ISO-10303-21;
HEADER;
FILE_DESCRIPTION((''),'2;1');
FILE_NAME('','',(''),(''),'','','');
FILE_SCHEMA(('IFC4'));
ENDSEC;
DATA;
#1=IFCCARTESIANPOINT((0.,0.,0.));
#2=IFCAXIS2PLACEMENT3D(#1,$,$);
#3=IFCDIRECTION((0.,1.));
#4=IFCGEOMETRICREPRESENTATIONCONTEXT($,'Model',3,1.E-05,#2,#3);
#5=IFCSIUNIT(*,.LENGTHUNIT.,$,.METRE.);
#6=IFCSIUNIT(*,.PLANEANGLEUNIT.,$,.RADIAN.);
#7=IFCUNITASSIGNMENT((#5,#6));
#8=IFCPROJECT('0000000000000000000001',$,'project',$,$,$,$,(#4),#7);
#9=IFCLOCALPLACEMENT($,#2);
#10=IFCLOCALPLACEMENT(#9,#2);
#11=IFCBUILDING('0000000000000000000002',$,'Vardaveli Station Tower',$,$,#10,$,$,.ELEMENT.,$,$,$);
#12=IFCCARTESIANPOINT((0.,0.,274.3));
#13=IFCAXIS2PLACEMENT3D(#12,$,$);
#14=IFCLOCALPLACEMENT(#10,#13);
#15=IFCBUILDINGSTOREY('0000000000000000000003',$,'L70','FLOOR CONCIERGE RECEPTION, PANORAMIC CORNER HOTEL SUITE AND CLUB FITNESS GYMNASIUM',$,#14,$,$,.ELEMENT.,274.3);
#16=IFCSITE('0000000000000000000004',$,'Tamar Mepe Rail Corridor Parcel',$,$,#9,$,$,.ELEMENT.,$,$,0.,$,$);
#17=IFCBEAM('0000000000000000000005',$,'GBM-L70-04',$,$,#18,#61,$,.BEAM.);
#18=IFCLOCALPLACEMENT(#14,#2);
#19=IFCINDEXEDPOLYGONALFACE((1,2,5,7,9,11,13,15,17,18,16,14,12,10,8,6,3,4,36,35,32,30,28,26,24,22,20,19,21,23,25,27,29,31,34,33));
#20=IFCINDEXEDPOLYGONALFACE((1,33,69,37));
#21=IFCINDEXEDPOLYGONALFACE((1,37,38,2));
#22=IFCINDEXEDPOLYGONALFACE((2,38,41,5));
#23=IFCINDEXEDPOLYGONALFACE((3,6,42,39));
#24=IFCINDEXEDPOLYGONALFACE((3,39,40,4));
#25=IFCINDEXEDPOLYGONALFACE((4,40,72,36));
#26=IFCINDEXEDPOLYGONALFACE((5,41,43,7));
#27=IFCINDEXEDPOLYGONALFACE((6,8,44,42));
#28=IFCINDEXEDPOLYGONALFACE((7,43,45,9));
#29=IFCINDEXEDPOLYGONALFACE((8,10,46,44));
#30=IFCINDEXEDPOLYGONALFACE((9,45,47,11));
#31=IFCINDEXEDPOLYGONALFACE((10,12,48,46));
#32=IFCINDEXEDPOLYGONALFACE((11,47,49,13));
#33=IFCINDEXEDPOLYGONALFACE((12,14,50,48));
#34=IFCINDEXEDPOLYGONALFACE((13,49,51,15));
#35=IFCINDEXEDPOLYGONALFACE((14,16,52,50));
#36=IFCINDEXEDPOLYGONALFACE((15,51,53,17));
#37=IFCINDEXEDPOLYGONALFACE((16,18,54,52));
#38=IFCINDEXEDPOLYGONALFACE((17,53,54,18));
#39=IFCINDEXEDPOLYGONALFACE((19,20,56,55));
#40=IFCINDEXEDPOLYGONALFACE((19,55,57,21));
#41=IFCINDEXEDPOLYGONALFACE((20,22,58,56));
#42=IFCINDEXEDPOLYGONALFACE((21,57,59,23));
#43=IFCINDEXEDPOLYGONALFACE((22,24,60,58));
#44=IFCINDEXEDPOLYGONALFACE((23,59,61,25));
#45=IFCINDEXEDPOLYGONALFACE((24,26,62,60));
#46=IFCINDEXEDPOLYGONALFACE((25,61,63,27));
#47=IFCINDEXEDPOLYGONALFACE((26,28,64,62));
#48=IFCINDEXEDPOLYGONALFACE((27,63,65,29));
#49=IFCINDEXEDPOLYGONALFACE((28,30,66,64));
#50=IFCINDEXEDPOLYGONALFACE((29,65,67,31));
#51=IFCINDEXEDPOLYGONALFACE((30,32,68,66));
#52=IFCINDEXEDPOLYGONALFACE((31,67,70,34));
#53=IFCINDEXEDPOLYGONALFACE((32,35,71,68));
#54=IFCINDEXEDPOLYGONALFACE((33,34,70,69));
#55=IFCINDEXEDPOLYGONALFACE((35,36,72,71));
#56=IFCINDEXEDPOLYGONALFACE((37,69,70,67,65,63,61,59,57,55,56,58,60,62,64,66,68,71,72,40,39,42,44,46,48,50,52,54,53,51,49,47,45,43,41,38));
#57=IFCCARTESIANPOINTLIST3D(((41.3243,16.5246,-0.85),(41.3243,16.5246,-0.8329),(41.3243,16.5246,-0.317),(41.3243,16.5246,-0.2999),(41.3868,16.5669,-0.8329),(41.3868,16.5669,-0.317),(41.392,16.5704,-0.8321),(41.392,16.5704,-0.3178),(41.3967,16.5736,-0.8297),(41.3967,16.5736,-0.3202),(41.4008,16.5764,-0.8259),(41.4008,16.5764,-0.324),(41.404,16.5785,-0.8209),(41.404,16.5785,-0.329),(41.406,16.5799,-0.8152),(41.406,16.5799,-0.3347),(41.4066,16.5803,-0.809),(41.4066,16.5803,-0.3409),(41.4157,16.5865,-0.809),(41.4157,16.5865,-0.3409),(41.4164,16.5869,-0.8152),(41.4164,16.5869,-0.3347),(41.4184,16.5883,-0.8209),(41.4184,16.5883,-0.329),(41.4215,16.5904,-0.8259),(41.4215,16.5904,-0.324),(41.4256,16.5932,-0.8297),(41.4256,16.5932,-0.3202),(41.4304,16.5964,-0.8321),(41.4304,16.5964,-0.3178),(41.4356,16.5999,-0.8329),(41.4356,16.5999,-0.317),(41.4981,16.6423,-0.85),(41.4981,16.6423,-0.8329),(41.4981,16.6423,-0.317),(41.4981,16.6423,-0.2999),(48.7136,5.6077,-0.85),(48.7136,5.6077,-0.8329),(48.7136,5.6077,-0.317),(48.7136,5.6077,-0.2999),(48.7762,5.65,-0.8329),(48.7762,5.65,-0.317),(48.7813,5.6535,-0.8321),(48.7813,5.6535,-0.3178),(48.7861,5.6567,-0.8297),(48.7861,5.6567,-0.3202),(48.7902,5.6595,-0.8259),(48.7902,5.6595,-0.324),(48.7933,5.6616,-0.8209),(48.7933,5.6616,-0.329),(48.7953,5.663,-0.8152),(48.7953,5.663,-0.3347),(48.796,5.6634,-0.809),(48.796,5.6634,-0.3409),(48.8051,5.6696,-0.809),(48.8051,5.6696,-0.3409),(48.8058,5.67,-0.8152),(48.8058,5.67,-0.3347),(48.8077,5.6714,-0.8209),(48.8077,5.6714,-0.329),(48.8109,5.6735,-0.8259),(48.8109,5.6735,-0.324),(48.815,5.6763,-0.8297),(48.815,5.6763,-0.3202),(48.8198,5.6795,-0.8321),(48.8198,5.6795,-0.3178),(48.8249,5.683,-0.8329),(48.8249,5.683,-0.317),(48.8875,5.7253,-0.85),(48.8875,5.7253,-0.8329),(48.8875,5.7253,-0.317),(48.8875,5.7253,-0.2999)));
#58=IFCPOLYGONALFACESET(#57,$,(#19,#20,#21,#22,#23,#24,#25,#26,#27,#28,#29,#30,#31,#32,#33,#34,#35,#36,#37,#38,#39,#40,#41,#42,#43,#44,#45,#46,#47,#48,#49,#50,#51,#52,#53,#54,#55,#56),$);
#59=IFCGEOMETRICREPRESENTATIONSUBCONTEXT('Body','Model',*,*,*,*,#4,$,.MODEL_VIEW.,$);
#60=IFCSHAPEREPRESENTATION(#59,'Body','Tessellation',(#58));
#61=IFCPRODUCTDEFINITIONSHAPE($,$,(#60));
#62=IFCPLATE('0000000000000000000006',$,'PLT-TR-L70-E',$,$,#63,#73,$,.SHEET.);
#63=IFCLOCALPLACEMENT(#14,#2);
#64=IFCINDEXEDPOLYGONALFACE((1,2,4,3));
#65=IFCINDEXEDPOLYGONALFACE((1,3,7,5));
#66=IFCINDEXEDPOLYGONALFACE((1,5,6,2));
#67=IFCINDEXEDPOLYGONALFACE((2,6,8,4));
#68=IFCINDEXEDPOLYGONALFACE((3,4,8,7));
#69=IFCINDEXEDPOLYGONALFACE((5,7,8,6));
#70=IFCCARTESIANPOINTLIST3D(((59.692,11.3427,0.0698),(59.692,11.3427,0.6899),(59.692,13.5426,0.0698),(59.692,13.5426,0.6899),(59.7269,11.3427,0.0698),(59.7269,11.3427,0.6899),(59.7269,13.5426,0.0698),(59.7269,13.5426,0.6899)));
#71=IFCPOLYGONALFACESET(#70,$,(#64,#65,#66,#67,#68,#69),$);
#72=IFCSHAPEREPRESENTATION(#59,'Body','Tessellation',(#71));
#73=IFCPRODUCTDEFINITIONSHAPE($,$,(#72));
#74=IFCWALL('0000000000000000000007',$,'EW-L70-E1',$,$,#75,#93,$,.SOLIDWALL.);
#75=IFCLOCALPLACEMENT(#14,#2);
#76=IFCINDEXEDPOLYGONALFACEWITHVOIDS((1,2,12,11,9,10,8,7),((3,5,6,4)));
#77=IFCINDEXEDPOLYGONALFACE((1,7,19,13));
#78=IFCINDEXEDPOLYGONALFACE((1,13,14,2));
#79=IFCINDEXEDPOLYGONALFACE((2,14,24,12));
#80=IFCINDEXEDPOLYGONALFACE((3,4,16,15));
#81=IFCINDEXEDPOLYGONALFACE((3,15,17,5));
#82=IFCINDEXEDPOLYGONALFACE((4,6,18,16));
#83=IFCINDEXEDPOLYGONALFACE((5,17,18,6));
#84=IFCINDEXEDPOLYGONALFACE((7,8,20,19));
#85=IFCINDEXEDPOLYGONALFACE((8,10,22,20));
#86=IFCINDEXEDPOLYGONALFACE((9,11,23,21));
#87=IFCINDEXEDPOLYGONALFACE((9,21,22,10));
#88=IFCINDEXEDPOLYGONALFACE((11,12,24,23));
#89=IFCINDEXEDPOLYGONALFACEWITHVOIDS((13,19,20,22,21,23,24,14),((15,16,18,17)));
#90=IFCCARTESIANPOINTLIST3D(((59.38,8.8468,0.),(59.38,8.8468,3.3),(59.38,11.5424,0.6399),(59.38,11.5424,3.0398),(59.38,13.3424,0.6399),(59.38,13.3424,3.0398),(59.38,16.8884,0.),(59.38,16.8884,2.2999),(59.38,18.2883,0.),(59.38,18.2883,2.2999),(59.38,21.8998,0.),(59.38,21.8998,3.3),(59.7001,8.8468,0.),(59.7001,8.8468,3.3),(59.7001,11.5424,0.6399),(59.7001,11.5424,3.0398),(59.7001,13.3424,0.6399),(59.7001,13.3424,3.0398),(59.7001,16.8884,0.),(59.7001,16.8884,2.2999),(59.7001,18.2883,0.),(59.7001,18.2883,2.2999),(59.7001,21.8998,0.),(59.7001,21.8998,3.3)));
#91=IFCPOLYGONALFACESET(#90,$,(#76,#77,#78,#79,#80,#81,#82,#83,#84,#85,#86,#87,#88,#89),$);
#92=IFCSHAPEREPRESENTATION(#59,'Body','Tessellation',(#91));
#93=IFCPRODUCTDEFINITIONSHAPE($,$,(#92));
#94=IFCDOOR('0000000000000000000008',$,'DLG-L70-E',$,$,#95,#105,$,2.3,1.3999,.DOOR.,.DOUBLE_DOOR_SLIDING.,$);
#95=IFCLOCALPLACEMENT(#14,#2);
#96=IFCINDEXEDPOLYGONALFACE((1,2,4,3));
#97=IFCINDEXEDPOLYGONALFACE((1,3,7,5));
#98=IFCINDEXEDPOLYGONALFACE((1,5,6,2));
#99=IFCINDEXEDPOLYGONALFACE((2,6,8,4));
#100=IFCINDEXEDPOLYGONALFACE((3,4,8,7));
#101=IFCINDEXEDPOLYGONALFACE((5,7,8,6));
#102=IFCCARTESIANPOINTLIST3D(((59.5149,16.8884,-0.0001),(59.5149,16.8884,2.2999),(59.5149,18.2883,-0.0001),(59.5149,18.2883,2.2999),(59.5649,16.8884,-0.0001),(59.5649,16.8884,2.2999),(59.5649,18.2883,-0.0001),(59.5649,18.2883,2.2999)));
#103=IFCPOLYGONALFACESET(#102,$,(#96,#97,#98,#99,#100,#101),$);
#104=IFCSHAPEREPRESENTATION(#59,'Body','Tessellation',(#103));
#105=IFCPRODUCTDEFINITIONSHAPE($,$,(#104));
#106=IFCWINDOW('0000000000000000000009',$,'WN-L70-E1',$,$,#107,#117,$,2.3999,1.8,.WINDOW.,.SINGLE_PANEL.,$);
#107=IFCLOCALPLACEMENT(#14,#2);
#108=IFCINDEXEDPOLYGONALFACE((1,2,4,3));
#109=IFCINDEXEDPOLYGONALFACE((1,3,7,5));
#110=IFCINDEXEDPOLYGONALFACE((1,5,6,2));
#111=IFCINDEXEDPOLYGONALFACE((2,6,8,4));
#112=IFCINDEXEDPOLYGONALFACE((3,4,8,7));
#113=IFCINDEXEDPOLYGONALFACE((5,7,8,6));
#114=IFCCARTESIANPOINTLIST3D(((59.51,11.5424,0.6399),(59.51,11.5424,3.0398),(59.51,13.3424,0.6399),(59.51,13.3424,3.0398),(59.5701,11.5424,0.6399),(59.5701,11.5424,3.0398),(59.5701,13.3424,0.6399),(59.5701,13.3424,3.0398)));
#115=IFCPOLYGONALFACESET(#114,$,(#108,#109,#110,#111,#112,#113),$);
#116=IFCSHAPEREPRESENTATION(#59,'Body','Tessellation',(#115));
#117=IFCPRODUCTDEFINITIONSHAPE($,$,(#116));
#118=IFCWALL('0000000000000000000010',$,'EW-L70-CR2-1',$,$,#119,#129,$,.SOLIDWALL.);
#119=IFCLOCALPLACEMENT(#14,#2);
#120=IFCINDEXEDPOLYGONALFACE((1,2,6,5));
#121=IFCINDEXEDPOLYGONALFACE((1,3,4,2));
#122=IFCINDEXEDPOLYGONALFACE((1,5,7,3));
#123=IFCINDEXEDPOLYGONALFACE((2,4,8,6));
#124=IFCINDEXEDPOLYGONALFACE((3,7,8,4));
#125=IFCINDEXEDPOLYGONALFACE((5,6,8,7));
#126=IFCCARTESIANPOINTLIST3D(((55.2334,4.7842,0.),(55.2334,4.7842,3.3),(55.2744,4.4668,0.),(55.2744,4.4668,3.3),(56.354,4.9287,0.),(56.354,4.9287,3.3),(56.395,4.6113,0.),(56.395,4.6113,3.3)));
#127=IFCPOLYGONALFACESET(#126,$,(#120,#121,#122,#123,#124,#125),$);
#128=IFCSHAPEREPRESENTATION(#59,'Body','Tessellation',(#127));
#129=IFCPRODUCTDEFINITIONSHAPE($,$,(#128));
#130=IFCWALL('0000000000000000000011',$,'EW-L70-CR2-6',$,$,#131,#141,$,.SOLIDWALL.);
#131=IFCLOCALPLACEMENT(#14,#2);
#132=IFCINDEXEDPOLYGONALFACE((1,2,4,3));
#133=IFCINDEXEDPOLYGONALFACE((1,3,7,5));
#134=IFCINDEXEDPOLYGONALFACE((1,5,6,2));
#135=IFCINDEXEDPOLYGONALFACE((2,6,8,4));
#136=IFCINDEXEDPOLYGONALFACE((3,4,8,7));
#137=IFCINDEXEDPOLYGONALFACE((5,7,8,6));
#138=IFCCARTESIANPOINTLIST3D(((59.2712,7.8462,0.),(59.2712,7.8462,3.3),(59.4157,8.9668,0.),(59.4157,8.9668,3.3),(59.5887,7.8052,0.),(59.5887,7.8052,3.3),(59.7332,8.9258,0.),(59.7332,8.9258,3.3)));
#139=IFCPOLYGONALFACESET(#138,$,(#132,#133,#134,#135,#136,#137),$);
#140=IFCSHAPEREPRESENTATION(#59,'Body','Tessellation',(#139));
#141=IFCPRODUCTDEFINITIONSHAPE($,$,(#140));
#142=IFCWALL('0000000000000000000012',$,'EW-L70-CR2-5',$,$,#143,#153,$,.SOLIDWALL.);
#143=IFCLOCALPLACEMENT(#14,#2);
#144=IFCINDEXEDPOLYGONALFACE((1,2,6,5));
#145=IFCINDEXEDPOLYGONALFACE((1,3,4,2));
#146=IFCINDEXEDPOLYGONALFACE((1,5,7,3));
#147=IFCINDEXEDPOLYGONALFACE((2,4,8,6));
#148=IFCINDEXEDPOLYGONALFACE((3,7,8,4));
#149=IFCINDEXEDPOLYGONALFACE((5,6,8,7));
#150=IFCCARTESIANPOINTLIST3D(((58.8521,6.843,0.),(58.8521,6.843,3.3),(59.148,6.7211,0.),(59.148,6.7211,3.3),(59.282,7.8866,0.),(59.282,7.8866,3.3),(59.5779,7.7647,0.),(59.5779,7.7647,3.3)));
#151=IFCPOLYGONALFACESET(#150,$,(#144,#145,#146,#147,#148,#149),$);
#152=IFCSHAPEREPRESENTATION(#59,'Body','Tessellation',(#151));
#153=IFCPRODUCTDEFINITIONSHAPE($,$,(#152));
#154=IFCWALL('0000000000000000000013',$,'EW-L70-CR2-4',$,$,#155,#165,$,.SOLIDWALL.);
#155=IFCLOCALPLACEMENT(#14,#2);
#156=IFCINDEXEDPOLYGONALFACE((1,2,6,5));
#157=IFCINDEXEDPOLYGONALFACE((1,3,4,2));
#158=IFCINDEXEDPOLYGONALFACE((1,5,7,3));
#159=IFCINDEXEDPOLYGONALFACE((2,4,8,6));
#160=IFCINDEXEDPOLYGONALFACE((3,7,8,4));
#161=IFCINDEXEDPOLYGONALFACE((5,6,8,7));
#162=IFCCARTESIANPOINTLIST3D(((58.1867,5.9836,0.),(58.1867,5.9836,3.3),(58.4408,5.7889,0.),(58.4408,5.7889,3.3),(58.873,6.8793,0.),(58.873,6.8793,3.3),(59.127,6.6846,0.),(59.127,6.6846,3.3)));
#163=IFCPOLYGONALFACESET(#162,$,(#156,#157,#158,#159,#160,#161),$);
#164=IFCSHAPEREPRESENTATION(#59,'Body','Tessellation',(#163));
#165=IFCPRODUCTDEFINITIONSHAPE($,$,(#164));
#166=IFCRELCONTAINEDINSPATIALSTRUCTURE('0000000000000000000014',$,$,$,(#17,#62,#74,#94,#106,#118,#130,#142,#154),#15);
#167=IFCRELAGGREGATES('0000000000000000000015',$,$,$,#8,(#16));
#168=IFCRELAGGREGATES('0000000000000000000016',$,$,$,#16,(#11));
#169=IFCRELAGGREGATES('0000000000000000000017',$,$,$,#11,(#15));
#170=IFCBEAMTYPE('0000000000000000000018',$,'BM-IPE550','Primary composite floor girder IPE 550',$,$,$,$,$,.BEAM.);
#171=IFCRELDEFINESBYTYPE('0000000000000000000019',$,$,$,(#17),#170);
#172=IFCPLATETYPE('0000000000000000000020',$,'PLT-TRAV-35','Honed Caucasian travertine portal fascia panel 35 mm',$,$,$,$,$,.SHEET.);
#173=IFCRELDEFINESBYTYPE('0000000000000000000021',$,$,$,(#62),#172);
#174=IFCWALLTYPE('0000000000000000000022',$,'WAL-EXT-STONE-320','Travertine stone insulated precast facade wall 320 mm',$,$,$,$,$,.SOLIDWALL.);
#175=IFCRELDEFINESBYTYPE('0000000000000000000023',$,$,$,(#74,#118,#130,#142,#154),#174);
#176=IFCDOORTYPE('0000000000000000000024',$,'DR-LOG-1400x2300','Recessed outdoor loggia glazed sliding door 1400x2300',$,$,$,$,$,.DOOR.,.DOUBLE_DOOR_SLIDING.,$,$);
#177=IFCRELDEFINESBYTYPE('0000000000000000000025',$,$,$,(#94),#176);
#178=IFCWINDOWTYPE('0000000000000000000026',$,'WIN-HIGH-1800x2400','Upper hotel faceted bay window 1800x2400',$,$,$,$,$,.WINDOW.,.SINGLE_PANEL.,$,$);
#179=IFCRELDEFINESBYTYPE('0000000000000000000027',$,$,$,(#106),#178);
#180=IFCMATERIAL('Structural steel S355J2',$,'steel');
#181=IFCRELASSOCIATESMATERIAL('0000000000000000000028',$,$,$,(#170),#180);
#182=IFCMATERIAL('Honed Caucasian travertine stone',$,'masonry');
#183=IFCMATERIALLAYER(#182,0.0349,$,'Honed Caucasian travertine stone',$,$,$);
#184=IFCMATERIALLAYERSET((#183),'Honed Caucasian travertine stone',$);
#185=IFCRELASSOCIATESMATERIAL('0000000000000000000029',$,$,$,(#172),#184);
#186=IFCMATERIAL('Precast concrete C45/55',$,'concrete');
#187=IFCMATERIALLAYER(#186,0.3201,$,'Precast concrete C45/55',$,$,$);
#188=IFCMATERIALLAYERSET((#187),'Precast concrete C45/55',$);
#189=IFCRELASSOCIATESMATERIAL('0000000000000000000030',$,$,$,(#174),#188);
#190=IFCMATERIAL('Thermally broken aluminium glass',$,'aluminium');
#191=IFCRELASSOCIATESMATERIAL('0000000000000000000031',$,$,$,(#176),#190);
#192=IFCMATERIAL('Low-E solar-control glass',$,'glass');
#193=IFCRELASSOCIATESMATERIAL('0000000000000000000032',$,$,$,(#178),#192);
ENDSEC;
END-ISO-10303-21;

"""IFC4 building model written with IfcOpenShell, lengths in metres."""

from ifc_helpers import new_model, si_unit, direction, frame, frame_2d, origin, origin_2d, place, context, subcontext, project, spatial, rectangle, i_section, extrude, source, transform, mapped, material, layer, layer_set, material_profile, profile_set, type_object, element, fill, save


model = new_model("IFC4")

# Units and contexts
model_context = context("Model", 3, precision=1e-05, world=origin(), true_north=direction((0.0, 1.0)))
body_context = subcontext(model_context, "Body", "Model", "MODEL_VIEW")
ifc_project = project(units=[si_unit("LENGTHUNIT", "METRE"), si_unit("PLANEANGLEUNIT", "RADIAN")], contexts=[model_context])

# Site, building, storey
site_placement = place(None, origin())
site = spatial("IfcSite", under=ifc_project, at=site_placement, Name="Tamar Mepe Rail Corridor Parcel", CompositionType="ELEMENT", RefElevation=0.0)
building_placement = place(site_placement, origin())
building = spatial("IfcBuilding", under=site, at=building_placement, Name="Vardaveli Station Tower", CompositionType="ELEMENT")
storey_placement = place(building_placement, frame((0.0, 0.0, 274.3)))
storey = spatial("IfcBuildingStorey", under=building, at=storey_placement, Name="L70", Description="FLOOR CONCIERGE RECEPTION, PANORAMIC CORNER HOTEL SUITE AND CLUB FITNESS GYMNASIUM", CompositionType="ELEMENT", Elevation=274.3)

# Beam
ifc_material_1 = material(Name="Precast concrete C45/55", Category="concrete")
ifc_material_2 = material(Name="Structural steel S355J2", Category="steel")
ifc_material_profile_1 = material_profile(ifc_material_2, i_section(OverallWidth=0.21, OverallDepth=0.55, WebThickness=0.011, FlangeThickness=0.0171, FilletRadius=0.0239, at=origin_2d()), Name="IPE 550")
ifc_profile_set_1 = profile_set([ifc_material_profile_1], Name="Structural steel S355J2")
beam_type_1 = type_object("IfcBeamType", Name="BM-IPE550", Description="Primary composite floor girder IPE 550", PredefinedType="BEAM", material=ifc_profile_set_1)
shared_shape_1 = source(origin(), body_context, "Body", "SweptSolid", [
    extrude(i_section(OverallWidth=0.21, OverallDepth=0.55, WebThickness=0.011, FlangeThickness=0.0171, FilletRadius=0.0239, at=origin_2d()), origin(), (0.0, 0.0, 1.0), 13.1826),
])
beam_1_placement = place(storey_placement, frame((48.8005, 5.6665, -0.575), z_axis=(-0.560537, 0.828129, 0.0), x_axis=(-0.828129, -0.560537, 0.0)))
element("IfcBeam", 1, at=beam_1_placement, inside=storey, type_object=beam_type_1, Name="GBM-L70-04", PredefinedType="BEAM", context=body_context, shape_type="MappedRepresentation", body=[
    mapped(shared_shape_1, transform((0.0, 0.0, 0.0), scale=1.0)),
])

# Plate
ifc_material_3 = material(Name="Honed Caucasian travertine stone", Category="masonry")
ifc_layer_1 = layer(ifc_material_3, 0.0349, Name="Honed Caucasian travertine stone")
ifc_layer_set_1 = layer_set([ifc_layer_1], Name="Honed Caucasian travertine stone")
plate_type = type_object("IfcPlateType", Name="PLT-TRAV-35", Description="Honed Caucasian travertine portal fascia panel 35 mm", PredefinedType="SHEET", material=ifc_layer_set_1)
shared_shape_2 = source(origin(), body_context, "Body", "SweptSolid", [
    extrude(rectangle(XDim=2.2, YDim=0.0349, at=origin_2d()), origin(), (0.0, 0.0, 1.0), 0.6201),
])
plate_placement = place(storey_placement, frame((59.7095, 12.4426, 0.0698), z_axis=(0.0, 0.0, 1.0), x_axis=(0.0, 1.0, 0.0)))
element("IfcPlate", 2, at=plate_placement, inside=storey, type_object=plate_type, Name="PLT-TR-L70-E", PredefinedType="SHEET", context=body_context, shape_type="MappedRepresentation", body=[
    mapped(shared_shape_2, transform((0.0, 0.0, 0.0), scale=1.0)),
])

# Wall, openings, door, window
ifc_layer_2 = layer(ifc_material_1, 0.3201, Name="Precast concrete C45/55")
ifc_layer_set_2 = layer_set([ifc_layer_2], Name="Precast concrete C45/55")
wall_type_1 = type_object("IfcWallType", Name="WAL-EXT-STONE-320", Description="Travertine stone insulated precast facade wall 320 mm", PredefinedType="SOLIDWALL", material=ifc_layer_set_2)
shared_shape_3 = source(origin(), body_context, "Body", "SweptSolid", [
    extrude(rectangle(XDim=13.053, YDim=0.3201, at=frame_2d((6.5264, 0.0))), origin(), (0.0, 0.0, 1.0), 3.3),
])
wall_1_placement = place(storey_placement, frame((59.54, 8.8469, 0.0), z_axis=(0.0, 0.0, 1.0), x_axis=(0.0, 1.0, 0.0)))
wall_1 = element("IfcWall", 3, at=wall_1_placement, inside=storey, type_object=wall_type_1, Name="EW-L70-E1", PredefinedType="SOLIDWALL", context=body_context, shape_type="MappedRepresentation", body=[
    mapped(shared_shape_3, transform((0.0, 0.0, 0.0), scale=1.0)),
])
shared_shape_4 = source(origin(), body_context, "Body", "SweptSolid", [
    extrude(rectangle(XDim=1.3999, YDim=2.3, at=frame_2d((0.7, 1.1499))), frame((0.0, 0.1699, 0.0), z_axis=(0.0, -1.0, 0.0), x_axis=(1.0, 0.0, 0.0)), (0.0, 0.0, 1.0), 0.3401),
])
opening_1_placement = place(wall_1_placement, frame((8.0415, 0.0, 0.0)))
opening_1 = element("IfcOpeningElement", 4, at=opening_1_placement, cuts=wall_1, PredefinedType="OPENING", context=body_context, shape_type="MappedRepresentation", body=[
    mapped(shared_shape_4, transform((0.0, 0.0, 0.0), scale=1.0)),
])
shared_shape_5 = source(origin(), body_context, "Body", "SweptSolid", [
    extrude(rectangle(XDim=1.8, YDim=2.3999, at=frame_2d((0.8999, 1.2))), frame((0.0, 0.1699, 0.0), z_axis=(0.0, -1.0, 0.0), x_axis=(1.0, 0.0, 0.0)), (0.0, 0.0, 1.0), 0.3401),
])
opening_2_placement = place(wall_1_placement, frame((2.6956, 0.0, 0.6399)))
opening_2 = element("IfcOpeningElement", 5, at=opening_2_placement, cuts=wall_1, PredefinedType="OPENING", context=body_context, shape_type="MappedRepresentation", body=[
    mapped(shared_shape_5, transform((0.0, 0.0, 0.0), scale=1.0)),
])
ifc_material_4 = material(Name="Thermally broken aluminium glass", Category="aluminium")
door_type_1 = type_object("IfcDoorType", Name="DR-LOG-1400x2300", Description="Recessed outdoor loggia glazed sliding door 1400x2300", OperationType="DOUBLE_DOOR_SLIDING", PredefinedType="DOOR", material=ifc_material_4)
shared_shape_6 = source(origin(), body_context, "Body", "SweptSolid", [
    extrude(rectangle(XDim=1.3999, YDim=2.3, at=frame_2d((0.7, 1.1499))), frame((0.0, 0.0249, 0.0), z_axis=(0.0, -1.0, 0.0), x_axis=(1.0, 0.0, 0.0)), (0.0, 0.0, 1.0), 0.05),
])
door_1_placement = place(opening_1_placement, frame((1.3999, 0.0, 0.0), z_axis=(0.0, 0.0, 1.0), x_axis=(-1.0, 0.0, 0.0)))
door_1 = element("IfcDoor", 6, at=door_1_placement, inside=storey, type_object=door_type_1, Name="DLG-L70-E", OperationType="DOUBLE_DOOR_SLIDING", OverallHeight=2.3, OverallWidth=1.3999, PredefinedType="DOOR", context=body_context, shape_type="MappedRepresentation", body=[
    mapped(shared_shape_6, transform((0.0, 0.0, 0.0), scale=1.0)),
])
fill(opening_1, door_1)
ifc_material_5 = material(Name="Low-E solar-control glass", Category="glass")
window_type = type_object("IfcWindowType", Name="WIN-HIGH-1800x2400", Description="Upper hotel faceted bay window 1800x2400", PartitioningType="SINGLE_PANEL", PredefinedType="WINDOW", material=ifc_material_5)
shared_shape_7 = source(origin(), body_context, "Body", "SweptSolid", [
    extrude(rectangle(XDim=1.8, YDim=2.3999, at=frame_2d((0.8999, 1.2))), frame((0.0, 0.03, 0.0), z_axis=(0.0, -1.0, 0.0), x_axis=(1.0, 0.0, 0.0)), (0.0, 0.0, 1.0), 0.0601),
])
window_placement = place(opening_2_placement, origin())
window = element("IfcWindow", 7, at=window_placement, inside=storey, type_object=window_type, Name="WN-L70-E1", OverallHeight=2.3999, OverallWidth=1.8, PartitioningType="SINGLE_PANEL", PredefinedType="WINDOW", context=body_context, shape_type="MappedRepresentation", body=[
    mapped(shared_shape_7, transform((0.0, 0.0, 0.0), scale=1.0)),
])
fill(opening_2, window)

# Walls
shared_shape_8 = source(origin(), body_context, "Body", "SweptSolid", [
    extrude(rectangle(XDim=1.1299, YDim=0.3201, at=frame_2d((0.5649, 0.0))), origin(), (0.0, 0.0, 1.0), 3.3),
])
for number, where, z_axis, x_axis, name in (
    (8, (55.2539, 4.6255, 0.0), (0.0, 0.0, 1.0), (0.991785, 0.127916, 0.0), "EW-L70-CR2-1"),
    (9, (59.4299, 7.8257, 0.0), (0.0, 0.0, 1.0), (0.127916, 0.991785, 0.0), "EW-L70-CR2-6"),
):
    element("IfcWall", number, at=place(storey_placement, frame(where, z_axis=z_axis, x_axis=x_axis)), inside=storey, type_object=wall_type_1, Name=name, PredefinedType="SOLIDWALL", context=body_context, shape_type="MappedRepresentation", body=[
        mapped(shared_shape_8, transform((0.0, 0.0, 0.0), scale=1.0)),
    ])
shared_shape_9 = source(origin(), body_context, "Body", "SweptSolid", [
    extrude(rectangle(XDim=1.1287, YDim=0.3201, at=frame_2d((0.5645, 0.0))), origin(), (0.0, 0.0, 1.0), 3.3),
])
wall_2_placement = place(storey_placement, frame((59.0, 6.782, 0.0), z_axis=(0.0, 0.0, 1.0), x_axis=(0.38088, 0.924624, 0.0)))
element("IfcWall", 10, at=wall_2_placement, inside=storey, type_object=wall_type_1, Name="EW-L70-CR2-5", PredefinedType="SOLIDWALL", context=body_context, shape_type="MappedRepresentation", body=[
    mapped(shared_shape_9, transform((0.0, 0.0, 0.0), scale=1.0)),
])
shared_shape_10 = source(origin(), body_context, "Body", "SweptSolid", [
    extrude(rectangle(XDim=1.1284, YDim=0.3201, at=frame_2d((0.5642, 0.0))), origin(), (0.0, 0.0, 1.0), 3.3),
])
wall_3_placement = place(storey_placement, frame((58.3137, 5.8862, 0.0), z_axis=(0.0, 0.0, 1.0), x_axis=(0.608173, 0.793805, 0.0)))
element("IfcWall", 11, at=wall_3_placement, inside=storey, type_object=wall_type_1, Name="EW-L70-CR2-4", PredefinedType="SOLIDWALL", context=body_context, shape_type="MappedRepresentation", body=[
    mapped(shared_shape_10, transform((0.0, 0.0, 0.0), scale=1.0)),
])

save(model, "model.ifc")
